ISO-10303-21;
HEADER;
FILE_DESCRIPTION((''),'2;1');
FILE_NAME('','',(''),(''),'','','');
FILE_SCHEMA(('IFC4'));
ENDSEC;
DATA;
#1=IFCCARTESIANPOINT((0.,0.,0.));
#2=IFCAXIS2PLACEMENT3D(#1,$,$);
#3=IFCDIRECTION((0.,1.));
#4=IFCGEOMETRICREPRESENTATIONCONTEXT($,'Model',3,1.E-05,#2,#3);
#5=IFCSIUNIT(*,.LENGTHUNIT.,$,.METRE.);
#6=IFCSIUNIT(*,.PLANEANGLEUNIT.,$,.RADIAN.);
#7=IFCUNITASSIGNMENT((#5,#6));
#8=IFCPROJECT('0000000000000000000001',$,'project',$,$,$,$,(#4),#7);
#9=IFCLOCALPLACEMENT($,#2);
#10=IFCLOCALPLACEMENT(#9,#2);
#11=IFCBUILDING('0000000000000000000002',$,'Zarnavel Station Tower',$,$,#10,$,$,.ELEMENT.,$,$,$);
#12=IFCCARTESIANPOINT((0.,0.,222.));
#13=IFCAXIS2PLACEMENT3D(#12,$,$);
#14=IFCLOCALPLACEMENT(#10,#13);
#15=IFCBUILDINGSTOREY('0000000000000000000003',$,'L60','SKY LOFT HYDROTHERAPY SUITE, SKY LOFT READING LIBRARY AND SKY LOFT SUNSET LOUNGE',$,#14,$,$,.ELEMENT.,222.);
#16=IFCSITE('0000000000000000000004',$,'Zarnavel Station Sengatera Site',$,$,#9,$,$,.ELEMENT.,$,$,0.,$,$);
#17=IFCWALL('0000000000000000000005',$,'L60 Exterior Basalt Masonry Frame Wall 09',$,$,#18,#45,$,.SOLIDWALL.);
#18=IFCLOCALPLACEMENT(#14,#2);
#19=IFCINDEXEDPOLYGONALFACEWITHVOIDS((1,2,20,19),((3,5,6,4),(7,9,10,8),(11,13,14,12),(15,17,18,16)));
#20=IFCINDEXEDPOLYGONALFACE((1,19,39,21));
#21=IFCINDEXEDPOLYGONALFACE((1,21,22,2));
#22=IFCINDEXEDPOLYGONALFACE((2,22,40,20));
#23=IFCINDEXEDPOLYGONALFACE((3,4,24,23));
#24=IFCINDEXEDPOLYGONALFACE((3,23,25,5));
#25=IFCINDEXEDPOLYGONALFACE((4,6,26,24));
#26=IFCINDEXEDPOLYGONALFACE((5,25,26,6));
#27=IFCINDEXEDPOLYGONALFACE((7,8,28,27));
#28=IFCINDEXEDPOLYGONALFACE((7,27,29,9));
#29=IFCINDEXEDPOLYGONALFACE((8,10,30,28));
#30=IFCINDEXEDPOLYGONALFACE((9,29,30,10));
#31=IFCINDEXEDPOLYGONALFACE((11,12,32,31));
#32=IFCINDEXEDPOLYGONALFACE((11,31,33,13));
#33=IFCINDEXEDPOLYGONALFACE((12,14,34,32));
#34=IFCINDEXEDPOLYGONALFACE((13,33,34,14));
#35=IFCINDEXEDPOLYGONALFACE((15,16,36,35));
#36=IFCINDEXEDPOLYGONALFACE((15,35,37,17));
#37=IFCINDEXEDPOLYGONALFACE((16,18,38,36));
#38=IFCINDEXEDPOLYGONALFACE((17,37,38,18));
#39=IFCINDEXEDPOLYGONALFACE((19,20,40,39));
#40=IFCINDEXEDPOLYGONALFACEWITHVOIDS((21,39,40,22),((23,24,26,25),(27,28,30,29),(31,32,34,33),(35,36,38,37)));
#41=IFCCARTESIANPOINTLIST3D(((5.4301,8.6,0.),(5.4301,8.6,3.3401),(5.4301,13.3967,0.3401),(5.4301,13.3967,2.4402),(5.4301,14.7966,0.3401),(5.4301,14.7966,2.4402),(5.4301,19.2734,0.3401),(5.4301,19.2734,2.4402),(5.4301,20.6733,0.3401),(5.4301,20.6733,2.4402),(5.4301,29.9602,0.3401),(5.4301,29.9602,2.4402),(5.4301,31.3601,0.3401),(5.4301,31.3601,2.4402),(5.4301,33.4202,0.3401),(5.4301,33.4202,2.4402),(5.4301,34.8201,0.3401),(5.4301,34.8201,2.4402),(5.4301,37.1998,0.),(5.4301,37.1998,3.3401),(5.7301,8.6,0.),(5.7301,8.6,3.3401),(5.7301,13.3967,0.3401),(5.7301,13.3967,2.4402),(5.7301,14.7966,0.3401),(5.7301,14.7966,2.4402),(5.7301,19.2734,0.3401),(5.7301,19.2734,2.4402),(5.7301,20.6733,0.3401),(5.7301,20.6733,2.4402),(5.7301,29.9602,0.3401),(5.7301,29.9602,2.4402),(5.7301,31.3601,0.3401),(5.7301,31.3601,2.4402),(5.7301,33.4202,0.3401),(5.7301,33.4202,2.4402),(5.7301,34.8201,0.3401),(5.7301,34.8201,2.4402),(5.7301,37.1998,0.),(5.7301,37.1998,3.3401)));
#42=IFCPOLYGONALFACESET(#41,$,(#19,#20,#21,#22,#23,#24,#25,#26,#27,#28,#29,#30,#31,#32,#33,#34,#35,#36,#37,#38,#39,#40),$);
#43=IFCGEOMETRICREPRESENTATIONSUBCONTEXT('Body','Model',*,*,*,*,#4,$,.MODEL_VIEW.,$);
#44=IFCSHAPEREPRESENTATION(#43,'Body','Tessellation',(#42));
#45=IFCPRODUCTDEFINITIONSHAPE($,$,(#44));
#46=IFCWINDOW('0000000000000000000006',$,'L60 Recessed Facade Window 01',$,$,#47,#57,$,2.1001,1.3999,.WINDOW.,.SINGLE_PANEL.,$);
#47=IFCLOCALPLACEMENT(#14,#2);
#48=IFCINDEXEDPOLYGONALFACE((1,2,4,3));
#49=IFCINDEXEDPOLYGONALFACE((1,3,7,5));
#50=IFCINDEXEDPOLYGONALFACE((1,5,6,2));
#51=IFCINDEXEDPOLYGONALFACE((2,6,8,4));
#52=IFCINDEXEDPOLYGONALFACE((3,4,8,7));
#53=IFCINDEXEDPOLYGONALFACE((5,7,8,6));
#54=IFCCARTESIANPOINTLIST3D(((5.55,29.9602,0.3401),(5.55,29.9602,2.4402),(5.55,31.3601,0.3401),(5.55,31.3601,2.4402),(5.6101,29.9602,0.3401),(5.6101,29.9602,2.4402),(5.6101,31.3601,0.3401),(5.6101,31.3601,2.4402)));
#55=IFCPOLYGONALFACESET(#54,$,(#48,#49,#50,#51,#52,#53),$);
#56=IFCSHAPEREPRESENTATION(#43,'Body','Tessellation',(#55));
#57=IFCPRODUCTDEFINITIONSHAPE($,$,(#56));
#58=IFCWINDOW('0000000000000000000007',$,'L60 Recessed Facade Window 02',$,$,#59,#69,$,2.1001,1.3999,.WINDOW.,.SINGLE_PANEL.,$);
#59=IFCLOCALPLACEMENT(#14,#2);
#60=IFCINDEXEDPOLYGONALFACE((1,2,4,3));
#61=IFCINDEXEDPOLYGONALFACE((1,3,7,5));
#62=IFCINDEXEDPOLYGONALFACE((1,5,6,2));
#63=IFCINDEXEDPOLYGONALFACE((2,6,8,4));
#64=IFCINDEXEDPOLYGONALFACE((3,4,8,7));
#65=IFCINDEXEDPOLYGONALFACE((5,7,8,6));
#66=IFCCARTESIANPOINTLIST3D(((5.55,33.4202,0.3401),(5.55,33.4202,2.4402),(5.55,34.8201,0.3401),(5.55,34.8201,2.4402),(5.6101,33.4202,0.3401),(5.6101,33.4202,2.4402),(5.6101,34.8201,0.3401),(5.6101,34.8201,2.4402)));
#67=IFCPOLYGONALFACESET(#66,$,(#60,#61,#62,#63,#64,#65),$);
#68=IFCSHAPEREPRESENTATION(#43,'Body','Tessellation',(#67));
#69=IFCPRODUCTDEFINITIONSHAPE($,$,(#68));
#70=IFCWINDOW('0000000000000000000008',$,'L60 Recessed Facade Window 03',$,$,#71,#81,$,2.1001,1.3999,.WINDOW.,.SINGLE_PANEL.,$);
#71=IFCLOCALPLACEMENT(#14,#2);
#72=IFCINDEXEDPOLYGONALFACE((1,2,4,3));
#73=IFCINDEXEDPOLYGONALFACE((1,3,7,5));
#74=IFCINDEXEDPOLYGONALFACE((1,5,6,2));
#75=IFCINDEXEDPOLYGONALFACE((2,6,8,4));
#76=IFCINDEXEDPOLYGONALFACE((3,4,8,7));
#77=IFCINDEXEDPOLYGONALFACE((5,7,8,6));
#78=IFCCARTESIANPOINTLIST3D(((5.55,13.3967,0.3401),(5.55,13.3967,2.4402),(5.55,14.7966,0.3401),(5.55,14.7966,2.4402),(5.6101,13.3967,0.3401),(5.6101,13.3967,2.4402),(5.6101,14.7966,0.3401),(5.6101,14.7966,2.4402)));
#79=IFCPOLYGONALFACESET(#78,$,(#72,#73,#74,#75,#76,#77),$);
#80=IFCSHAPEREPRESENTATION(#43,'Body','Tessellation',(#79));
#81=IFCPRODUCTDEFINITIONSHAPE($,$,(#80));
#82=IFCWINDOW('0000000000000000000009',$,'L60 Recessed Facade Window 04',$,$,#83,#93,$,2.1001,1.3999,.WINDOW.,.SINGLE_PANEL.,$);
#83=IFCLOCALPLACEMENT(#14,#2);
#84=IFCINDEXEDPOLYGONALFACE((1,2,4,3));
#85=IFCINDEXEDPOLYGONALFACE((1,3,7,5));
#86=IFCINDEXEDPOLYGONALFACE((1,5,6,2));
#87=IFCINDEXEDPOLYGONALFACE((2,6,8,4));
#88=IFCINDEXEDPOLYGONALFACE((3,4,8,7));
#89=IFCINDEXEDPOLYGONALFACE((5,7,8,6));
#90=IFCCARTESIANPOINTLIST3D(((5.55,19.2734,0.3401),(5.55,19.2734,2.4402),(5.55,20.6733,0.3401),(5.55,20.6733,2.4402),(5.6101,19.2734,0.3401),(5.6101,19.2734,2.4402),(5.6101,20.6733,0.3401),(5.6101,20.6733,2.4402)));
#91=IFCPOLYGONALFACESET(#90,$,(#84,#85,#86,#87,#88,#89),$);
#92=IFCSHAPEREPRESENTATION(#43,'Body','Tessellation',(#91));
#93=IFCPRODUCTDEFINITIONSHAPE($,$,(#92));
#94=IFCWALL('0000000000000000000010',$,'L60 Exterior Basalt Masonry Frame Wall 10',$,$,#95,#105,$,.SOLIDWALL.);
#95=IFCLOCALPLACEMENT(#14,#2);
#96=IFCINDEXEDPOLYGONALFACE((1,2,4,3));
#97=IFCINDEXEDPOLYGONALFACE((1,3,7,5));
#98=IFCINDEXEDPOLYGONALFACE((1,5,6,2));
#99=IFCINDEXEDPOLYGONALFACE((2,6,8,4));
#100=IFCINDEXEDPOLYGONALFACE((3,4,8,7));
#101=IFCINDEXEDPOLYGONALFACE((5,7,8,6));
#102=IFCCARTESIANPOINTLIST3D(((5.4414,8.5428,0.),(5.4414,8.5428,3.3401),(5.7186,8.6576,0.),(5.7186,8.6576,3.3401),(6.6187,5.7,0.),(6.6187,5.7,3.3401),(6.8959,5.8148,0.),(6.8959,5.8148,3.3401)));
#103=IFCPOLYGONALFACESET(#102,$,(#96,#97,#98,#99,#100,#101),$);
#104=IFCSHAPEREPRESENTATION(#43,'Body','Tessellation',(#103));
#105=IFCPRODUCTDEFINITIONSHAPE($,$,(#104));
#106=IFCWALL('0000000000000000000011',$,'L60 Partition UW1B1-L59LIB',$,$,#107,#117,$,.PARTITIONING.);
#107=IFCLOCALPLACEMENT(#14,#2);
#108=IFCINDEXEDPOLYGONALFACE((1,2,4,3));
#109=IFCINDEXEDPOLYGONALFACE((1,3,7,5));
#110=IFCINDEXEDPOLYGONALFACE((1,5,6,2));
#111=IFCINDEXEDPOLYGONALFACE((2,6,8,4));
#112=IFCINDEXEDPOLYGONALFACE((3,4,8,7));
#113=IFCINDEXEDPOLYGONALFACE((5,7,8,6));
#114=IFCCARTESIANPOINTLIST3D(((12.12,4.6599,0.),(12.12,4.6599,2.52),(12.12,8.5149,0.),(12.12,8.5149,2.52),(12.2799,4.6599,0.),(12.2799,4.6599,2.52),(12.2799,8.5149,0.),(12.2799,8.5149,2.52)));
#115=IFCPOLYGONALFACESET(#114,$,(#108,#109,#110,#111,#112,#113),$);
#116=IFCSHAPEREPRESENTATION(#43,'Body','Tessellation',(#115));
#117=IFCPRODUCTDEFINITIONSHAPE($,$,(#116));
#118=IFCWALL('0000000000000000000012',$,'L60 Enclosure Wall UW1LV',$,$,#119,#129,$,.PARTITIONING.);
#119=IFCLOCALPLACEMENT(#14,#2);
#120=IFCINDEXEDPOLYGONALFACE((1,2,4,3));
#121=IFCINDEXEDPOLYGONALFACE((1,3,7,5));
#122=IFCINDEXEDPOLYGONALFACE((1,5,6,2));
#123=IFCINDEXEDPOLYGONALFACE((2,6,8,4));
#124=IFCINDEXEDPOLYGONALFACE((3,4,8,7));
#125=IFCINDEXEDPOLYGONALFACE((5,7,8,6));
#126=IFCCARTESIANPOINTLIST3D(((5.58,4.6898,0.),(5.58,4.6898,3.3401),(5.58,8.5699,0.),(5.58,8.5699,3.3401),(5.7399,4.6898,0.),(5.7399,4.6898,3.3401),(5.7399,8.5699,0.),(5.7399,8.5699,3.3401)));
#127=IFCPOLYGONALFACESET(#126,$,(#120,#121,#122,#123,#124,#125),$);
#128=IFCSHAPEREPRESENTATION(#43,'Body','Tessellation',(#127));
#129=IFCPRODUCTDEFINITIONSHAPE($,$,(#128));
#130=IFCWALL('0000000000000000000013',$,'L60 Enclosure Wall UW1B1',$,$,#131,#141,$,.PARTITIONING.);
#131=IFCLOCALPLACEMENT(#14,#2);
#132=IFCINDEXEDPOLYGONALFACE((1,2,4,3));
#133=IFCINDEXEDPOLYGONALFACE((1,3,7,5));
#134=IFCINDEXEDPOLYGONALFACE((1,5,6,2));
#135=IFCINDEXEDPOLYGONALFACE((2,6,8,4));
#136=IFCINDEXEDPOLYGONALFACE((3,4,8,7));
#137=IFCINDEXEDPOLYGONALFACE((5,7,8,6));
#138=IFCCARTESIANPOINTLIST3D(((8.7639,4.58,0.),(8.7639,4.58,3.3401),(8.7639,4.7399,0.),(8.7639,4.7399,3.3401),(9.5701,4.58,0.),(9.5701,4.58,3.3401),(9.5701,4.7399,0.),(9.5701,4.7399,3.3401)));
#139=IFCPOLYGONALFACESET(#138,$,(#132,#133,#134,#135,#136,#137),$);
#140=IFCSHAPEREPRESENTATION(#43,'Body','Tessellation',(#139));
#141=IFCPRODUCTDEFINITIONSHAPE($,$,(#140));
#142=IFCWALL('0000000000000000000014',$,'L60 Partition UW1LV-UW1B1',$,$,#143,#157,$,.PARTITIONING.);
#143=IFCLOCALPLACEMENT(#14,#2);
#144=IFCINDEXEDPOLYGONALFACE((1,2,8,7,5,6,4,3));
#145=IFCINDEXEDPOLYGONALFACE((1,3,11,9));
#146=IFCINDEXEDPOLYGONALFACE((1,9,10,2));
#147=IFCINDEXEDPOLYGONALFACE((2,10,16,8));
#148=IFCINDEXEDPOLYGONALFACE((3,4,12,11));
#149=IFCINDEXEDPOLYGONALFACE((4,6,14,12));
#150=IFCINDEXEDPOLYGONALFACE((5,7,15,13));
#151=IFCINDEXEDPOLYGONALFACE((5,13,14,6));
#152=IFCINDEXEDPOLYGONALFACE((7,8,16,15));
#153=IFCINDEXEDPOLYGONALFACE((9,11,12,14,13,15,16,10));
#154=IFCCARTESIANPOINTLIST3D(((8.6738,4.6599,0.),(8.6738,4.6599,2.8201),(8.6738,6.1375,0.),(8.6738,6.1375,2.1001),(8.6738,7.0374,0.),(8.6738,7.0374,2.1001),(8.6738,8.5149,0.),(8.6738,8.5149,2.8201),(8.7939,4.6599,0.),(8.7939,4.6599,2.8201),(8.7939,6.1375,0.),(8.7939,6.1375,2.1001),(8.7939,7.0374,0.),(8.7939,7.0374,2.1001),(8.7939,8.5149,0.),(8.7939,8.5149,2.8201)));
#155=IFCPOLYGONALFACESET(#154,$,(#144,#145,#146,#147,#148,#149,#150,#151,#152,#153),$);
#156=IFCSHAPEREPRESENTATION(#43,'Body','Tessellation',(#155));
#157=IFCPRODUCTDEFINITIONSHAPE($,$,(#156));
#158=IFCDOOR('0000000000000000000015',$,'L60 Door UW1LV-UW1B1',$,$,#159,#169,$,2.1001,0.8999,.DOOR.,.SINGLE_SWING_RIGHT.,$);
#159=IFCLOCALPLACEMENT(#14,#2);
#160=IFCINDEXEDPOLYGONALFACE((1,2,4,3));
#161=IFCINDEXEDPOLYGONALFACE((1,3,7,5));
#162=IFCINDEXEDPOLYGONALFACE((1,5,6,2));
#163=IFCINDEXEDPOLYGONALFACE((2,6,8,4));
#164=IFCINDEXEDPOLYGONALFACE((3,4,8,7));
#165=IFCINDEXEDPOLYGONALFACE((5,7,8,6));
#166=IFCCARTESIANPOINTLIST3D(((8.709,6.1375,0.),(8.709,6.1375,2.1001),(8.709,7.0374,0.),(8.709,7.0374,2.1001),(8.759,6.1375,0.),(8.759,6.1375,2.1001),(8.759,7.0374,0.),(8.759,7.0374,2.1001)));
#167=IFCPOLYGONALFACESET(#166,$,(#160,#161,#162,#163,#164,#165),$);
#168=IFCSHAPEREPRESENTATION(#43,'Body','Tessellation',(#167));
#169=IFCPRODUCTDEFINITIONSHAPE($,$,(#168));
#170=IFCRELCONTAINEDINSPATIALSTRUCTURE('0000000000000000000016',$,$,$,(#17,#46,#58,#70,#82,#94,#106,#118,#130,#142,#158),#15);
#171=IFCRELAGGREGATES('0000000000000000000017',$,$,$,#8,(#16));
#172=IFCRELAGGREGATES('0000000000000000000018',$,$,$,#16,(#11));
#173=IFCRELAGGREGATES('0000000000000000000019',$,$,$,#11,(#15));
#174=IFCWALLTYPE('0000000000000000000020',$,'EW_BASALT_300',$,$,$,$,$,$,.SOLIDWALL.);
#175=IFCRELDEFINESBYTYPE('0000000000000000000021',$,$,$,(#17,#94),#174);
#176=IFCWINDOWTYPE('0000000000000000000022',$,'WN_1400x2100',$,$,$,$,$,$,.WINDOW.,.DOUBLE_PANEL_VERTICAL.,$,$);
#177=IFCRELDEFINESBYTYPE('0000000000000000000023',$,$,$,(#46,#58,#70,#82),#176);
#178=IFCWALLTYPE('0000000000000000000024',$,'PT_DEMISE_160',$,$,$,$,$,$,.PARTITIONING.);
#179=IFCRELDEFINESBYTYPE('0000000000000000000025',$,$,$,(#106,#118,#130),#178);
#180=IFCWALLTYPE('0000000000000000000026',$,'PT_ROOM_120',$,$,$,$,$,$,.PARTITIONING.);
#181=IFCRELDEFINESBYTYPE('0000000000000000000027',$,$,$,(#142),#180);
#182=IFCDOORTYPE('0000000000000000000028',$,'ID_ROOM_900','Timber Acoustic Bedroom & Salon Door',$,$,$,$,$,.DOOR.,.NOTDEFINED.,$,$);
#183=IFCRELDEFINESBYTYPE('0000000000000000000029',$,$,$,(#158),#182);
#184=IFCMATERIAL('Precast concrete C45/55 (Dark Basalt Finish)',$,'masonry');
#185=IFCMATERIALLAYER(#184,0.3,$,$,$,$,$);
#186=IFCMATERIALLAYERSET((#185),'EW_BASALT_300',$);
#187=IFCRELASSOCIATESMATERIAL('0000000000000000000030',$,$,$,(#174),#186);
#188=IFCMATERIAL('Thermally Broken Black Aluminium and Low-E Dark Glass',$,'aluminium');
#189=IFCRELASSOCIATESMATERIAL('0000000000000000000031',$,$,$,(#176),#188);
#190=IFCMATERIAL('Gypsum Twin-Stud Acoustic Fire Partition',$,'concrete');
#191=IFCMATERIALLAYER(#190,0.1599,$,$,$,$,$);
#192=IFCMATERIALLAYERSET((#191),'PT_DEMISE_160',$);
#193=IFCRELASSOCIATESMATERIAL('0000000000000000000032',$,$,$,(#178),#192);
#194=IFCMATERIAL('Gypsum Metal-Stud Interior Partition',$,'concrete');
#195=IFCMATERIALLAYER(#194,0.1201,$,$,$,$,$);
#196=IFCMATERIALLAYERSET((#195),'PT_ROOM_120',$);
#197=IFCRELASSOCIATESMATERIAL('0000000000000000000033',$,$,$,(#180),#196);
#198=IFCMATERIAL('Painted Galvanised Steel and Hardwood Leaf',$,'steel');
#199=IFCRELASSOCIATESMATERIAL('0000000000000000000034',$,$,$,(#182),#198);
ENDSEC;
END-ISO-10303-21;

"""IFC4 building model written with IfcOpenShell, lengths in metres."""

from ifc_helpers import new_model, si_unit, direction, frame, frame_2d, origin, place, context, subcontext, project, spatial, rectangle, extrude, material, layer, layer_set, type_object, element, fill, save


model = new_model("IFC4")

# Units and contexts
model_context = context("Model", 3, precision=1e-05, world=origin(), true_north=direction((0.0, 1.0)))
body_context = subcontext(model_context, "Body", "Model", "MODEL_VIEW")
ifc_project = project(units=[si_unit("LENGTHUNIT", "METRE"), si_unit("PLANEANGLEUNIT", "RADIAN")], contexts=[model_context])

# Site, building, storey
site_placement = place(None, origin())
site = spatial("IfcSite", under=ifc_project, at=site_placement, Name="Zarnavel Station Sengatera Site", CompositionType="ELEMENT", RefElevation=0.0)
building_placement = place(site_placement, origin())
building = spatial("IfcBuilding", under=site, at=building_placement, Name="Zarnavel Station Tower", CompositionType="ELEMENT")
storey_placement = place(building_placement, frame((0.0, 0.0, 222.0)))
storey = spatial("IfcBuildingStorey", under=building, at=storey_placement, Name="L60", Description="SKY LOFT HYDROTHERAPY SUITE, SKY LOFT READING LIBRARY AND SKY LOFT SUNSET LOUNGE", CompositionType="ELEMENT", Elevation=222.0)

# Wall, openings, windows
ifc_material_1 = material(Name="Precast concrete C45/55 (Dark Basalt Finish)", Category="masonry")
ifc_layer_1 = layer(ifc_material_1, 0.3)
ifc_layer_set_1 = layer_set([ifc_layer_1], Name="EW_BASALT_300")
wall_type_1 = type_object("IfcWallType", Name="EW_BASALT_300", PredefinedType="SOLIDWALL", material=ifc_layer_set_1)
wall_1_placement = place(storey_placement, frame((5.5801, 8.6001, 0.0), z_axis=(0.0, 0.0, 1.0), x_axis=(0.0, 1.0, 0.0)))
wall_1 = element("IfcWall", 1, at=wall_1_placement, inside=storey, type_object=wall_type_1, Name="L60 Exterior Basalt Masonry Frame Wall 09", PredefinedType="SOLIDWALL", context=body_context, shape_type="SweptSolid", body=[
    extrude(rectangle(XDim=28.5999, YDim=0.3, at=frame_2d((14.2998, 0.0))), origin(), (0.0, 0.0, 1.0), 3.3401),
])
opening_1_placement = place(wall_1_placement, frame((21.3601, 0.0, 0.3401)))
opening_1 = element("IfcOpeningElement", 2, at=opening_1_placement, cuts=wall_1, PredefinedType="OPENING", context=body_context, shape_type="SweptSolid", body=[
    extrude(rectangle(XDim=1.3999, YDim=2.1001, at=frame_2d((0.7, 1.05))), frame((0.0, 0.1599, 0.0), z_axis=(0.0, -1.0, 0.0), x_axis=(1.0, 0.0, 0.0)), (0.0, 0.0, 1.0), 0.3201),
])
opening_2_placement = place(wall_1_placement, frame((24.8201, 0.0, 0.3401)))
opening_2 = element("IfcOpeningElement", 3, at=opening_2_placement, cuts=wall_1, PredefinedType="OPENING", context=body_context, shape_type="SweptSolid", body=[
    extrude(rectangle(XDim=1.3999, YDim=2.1001, at=frame_2d((0.7, 1.05))), frame((0.0, 0.1599, 0.0), z_axis=(0.0, -1.0, 0.0), x_axis=(1.0, 0.0, 0.0)), (0.0, 0.0, 1.0), 0.3201),
])
opening_3_placement = place(wall_1_placement, frame((4.7966, 0.0, 0.3401)))
opening_3 = element("IfcOpeningElement", 4, at=opening_3_placement, cuts=wall_1, PredefinedType="OPENING", context=body_context, shape_type="SweptSolid", body=[
    extrude(rectangle(XDim=1.3999, YDim=2.1001, at=frame_2d((0.7, 1.05))), frame((0.0, 0.1599, 0.0), z_axis=(0.0, -1.0, 0.0), x_axis=(1.0, 0.0, 0.0)), (0.0, 0.0, 1.0), 0.3201),
])
opening_4_placement = place(wall_1_placement, frame((10.6733, 0.0, 0.3401)))
opening_4 = element("IfcOpeningElement", 5, at=opening_4_placement, cuts=wall_1, PredefinedType="OPENING", context=body_context, shape_type="SweptSolid", body=[
    extrude(rectangle(XDim=1.3999, YDim=2.1001, at=frame_2d((0.7, 1.05))), frame((0.0, 0.1599, 0.0), z_axis=(0.0, -1.0, 0.0), x_axis=(1.0, 0.0, 0.0)), (0.0, 0.0, 1.0), 0.3201),
])
ifc_material_2 = material(Name="Thermally Broken Black Aluminium and Low-E Dark Glass", Category="aluminium")
window_type = type_object("IfcWindowType", Name="WN_1400x2100", PartitioningType="DOUBLE_PANEL_VERTICAL", PredefinedType="WINDOW", material=ifc_material_2)
window_1_placement = place(opening_1_placement, origin())
window_1 = element("IfcWindow", 6, at=window_1_placement, inside=storey, type_object=window_type, Name="L60 Recessed Facade Window 01", OverallHeight=2.1001, OverallWidth=1.3999, PartitioningType="SINGLE_PANEL", PredefinedType="WINDOW", context=body_context, shape_type="SweptSolid", body=[
    extrude(rectangle(XDim=1.3999, YDim=2.1001, at=frame_2d((0.7, 1.05))), frame((0.0, 0.03, 0.0), z_axis=(0.0, -1.0, 0.0), x_axis=(1.0, 0.0, 0.0)), (0.0, 0.0, 1.0), 0.0601),
])
fill(opening_1, window_1)
window_2_placement = place(opening_2_placement, origin())
window_2 = element("IfcWindow", 7, at=window_2_placement, inside=storey, type_object=window_type, Name="L60 Recessed Facade Window 02", OverallHeight=2.1001, OverallWidth=1.3999, PartitioningType="SINGLE_PANEL", PredefinedType="WINDOW", context=body_context, shape_type="SweptSolid", body=[
    extrude(rectangle(XDim=1.3999, YDim=2.1001, at=frame_2d((0.7, 1.05))), frame((0.0, 0.03, 0.0), z_axis=(0.0, -1.0, 0.0), x_axis=(1.0, 0.0, 0.0)), (0.0, 0.0, 1.0), 0.0601),
])
fill(opening_2, window_2)
window_3_placement = place(opening_3_placement, origin())
window_3 = element("IfcWindow", 8, at=window_3_placement, inside=storey, type_object=window_type, Name="L60 Recessed Facade Window 03", OverallHeight=2.1001, OverallWidth=1.3999, PartitioningType="SINGLE_PANEL", PredefinedType="WINDOW", context=body_context, shape_type="SweptSolid", body=[
    extrude(rectangle(XDim=1.3999, YDim=2.1001, at=frame_2d((0.7, 1.05))), frame((0.0, 0.03, 0.0), z_axis=(0.0, -1.0, 0.0), x_axis=(1.0, 0.0, 0.0)), (0.0, 0.0, 1.0), 0.0601),
])
fill(opening_3, window_3)
window_4_placement = place(opening_4_placement, origin())
window_4 = element("IfcWindow", 9, at=window_4_placement, inside=storey, type_object=window_type, Name="L60 Recessed Facade Window 04", OverallHeight=2.1001, OverallWidth=1.3999, PartitioningType="SINGLE_PANEL", PredefinedType="WINDOW", context=body_context, shape_type="SweptSolid", body=[
    extrude(rectangle(XDim=1.3999, YDim=2.1001, at=frame_2d((0.7, 1.05))), frame((0.0, 0.03, 0.0), z_axis=(0.0, -1.0, 0.0), x_axis=(1.0, 0.0, 0.0)), (0.0, 0.0, 1.0), 0.0601),
])
fill(opening_4, window_4)

# Walls
wall_2_placement = place(storey_placement, frame((6.7573, 5.7573, 0.0), z_axis=(0.0, 0.0, 1.0), x_axis=(-0.382609, 0.92391, 0.0)))
element("IfcWall", 10, at=wall_2_placement, inside=storey, type_object=wall_type_1, Name="L60 Exterior Basalt Masonry Frame Wall 10", PredefinedType="SOLIDWALL", context=body_context, shape_type="SweptSolid", body=[
    extrude(rectangle(XDim=3.0769, YDim=0.3, at=frame_2d((1.5386, 0.0))), origin(), (0.0, 0.0, 1.0), 3.3401),
])
ifc_material_3 = material(Name="Gypsum Twin-Stud Acoustic Fire Partition", Category="concrete")
ifc_layer_2 = layer(ifc_material_3, 0.1599)
ifc_layer_set_2 = layer_set([ifc_layer_2], Name="PT_DEMISE_160")
wall_type_2 = type_object("IfcWallType", Name="PT_DEMISE_160", PredefinedType="PARTITIONING", material=ifc_layer_set_2)
wall_3_placement = place(storey_placement, frame((12.2, 4.6599, 0.0), z_axis=(0.0, 0.0, 1.0), x_axis=(0.0, 1.0, 0.0)))
element("IfcWall", 11, at=wall_3_placement, inside=storey, type_object=wall_type_2, Name="L60 Partition UW1B1-L59LIB", PredefinedType="PARTITIONING", context=body_context, shape_type="SweptSolid", body=[
    extrude(rectangle(XDim=3.855, YDim=0.1599, at=frame_2d((1.9275, 0.0))), origin(), (0.0, 0.0, 1.0), 2.52),
])
wall_4_placement = place(storey_placement, frame((5.6599, 4.6899, 0.0), z_axis=(0.0, 0.0, 1.0), x_axis=(0.0, 1.0, 0.0)))
element("IfcWall", 12, at=wall_4_placement, inside=storey, type_object=wall_type_2, Name="L60 Enclosure Wall UW1LV", PredefinedType="PARTITIONING", context=body_context, shape_type="SweptSolid", body=[
    extrude(rectangle(XDim=3.8801, YDim=0.1599, at=frame_2d((1.9399, 0.0))), origin(), (0.0, 0.0, 1.0), 3.3401),
])
wall_5_placement = place(storey_placement, frame((8.7639, 4.6599, 0.0), z_axis=(0.0, 0.0, 1.0), x_axis=(1.0, 0.0, 0.0)))
element("IfcWall", 13, at=wall_5_placement, inside=storey, type_object=wall_type_2, Name="L60 Enclosure Wall UW1B1", PredefinedType="PARTITIONING", context=body_context, shape_type="SweptSolid", body=[
    extrude(rectangle(XDim=0.8062, YDim=0.1599, at=frame_2d((0.4031, 0.0))), origin(), (0.0, 0.0, 1.0), 3.3401),
])

# Wall, opening, door
ifc_material_4 = material(Name="Gypsum Metal-Stud Interior Partition", Category="concrete")
ifc_layer_3 = layer(ifc_material_4, 0.1201)
ifc_layer_set_3 = layer_set([ifc_layer_3], Name="PT_ROOM_120")
wall_type_3 = type_object("IfcWallType", Name="PT_ROOM_120", PredefinedType="PARTITIONING", material=ifc_layer_set_3)
wall_6_placement = place(storey_placement, frame((8.7339, 4.6599, 0.0), z_axis=(0.0, 0.0, 1.0), x_axis=(0.0, 1.0, 0.0)))
wall_6 = element("IfcWall", 14, at=wall_6_placement, inside=storey, type_object=wall_type_3, Name="L60 Partition UW1LV-UW1B1", PredefinedType="PARTITIONING", context=body_context, shape_type="SweptSolid", body=[
    extrude(rectangle(XDim=3.855, YDim=0.1201, at=frame_2d((1.9275, 0.0))), origin(), (0.0, 0.0, 1.0), 2.8201),
])
opening_5_placement = place(wall_6_placement, frame((1.4775, 0.0, 0.0)))
opening_5 = element("IfcOpeningElement", 15, at=opening_5_placement, cuts=wall_6, PredefinedType="OPENING", context=body_context, shape_type="SweptSolid", body=[
    extrude(rectangle(XDim=0.8999, YDim=2.1001, at=frame_2d((0.45, 1.05))), frame((0.0, 0.0701, 0.0), z_axis=(0.0, -1.0, 0.0), x_axis=(1.0, 0.0, 0.0)), (0.0, 0.0, 1.0), 0.1401),
])
ifc_material_5 = material(Name="Painted Galvanised Steel and Hardwood Leaf", Category="steel")
door_type_1 = type_object("IfcDoorType", Name="ID_ROOM_900", Description="Timber Acoustic Bedroom & Salon Door", OperationType="NOTDEFINED", PredefinedType="DOOR", material=ifc_material_5)
door_1_placement = place(opening_5_placement, origin())
door_1 = element("IfcDoor", 16, at=door_1_placement, inside=storey, type_object=door_type_1, Name="L60 Door UW1LV-UW1B1", OperationType="SINGLE_SWING_RIGHT", OverallHeight=2.1001, OverallWidth=0.8999, PredefinedType="DOOR", context=body_context, shape_type="SweptSolid", body=[
    extrude(rectangle(XDim=0.8999, YDim=2.1001, at=frame_2d((0.45, 1.05))), frame((0.0, 0.0249, 0.0), z_axis=(0.0, -1.0, 0.0), x_axis=(1.0, 0.0, 0.0)), (0.0, 0.0, 1.0), 0.05),
])
fill(opening_5, door_1)

save(model, "model.ifc")
